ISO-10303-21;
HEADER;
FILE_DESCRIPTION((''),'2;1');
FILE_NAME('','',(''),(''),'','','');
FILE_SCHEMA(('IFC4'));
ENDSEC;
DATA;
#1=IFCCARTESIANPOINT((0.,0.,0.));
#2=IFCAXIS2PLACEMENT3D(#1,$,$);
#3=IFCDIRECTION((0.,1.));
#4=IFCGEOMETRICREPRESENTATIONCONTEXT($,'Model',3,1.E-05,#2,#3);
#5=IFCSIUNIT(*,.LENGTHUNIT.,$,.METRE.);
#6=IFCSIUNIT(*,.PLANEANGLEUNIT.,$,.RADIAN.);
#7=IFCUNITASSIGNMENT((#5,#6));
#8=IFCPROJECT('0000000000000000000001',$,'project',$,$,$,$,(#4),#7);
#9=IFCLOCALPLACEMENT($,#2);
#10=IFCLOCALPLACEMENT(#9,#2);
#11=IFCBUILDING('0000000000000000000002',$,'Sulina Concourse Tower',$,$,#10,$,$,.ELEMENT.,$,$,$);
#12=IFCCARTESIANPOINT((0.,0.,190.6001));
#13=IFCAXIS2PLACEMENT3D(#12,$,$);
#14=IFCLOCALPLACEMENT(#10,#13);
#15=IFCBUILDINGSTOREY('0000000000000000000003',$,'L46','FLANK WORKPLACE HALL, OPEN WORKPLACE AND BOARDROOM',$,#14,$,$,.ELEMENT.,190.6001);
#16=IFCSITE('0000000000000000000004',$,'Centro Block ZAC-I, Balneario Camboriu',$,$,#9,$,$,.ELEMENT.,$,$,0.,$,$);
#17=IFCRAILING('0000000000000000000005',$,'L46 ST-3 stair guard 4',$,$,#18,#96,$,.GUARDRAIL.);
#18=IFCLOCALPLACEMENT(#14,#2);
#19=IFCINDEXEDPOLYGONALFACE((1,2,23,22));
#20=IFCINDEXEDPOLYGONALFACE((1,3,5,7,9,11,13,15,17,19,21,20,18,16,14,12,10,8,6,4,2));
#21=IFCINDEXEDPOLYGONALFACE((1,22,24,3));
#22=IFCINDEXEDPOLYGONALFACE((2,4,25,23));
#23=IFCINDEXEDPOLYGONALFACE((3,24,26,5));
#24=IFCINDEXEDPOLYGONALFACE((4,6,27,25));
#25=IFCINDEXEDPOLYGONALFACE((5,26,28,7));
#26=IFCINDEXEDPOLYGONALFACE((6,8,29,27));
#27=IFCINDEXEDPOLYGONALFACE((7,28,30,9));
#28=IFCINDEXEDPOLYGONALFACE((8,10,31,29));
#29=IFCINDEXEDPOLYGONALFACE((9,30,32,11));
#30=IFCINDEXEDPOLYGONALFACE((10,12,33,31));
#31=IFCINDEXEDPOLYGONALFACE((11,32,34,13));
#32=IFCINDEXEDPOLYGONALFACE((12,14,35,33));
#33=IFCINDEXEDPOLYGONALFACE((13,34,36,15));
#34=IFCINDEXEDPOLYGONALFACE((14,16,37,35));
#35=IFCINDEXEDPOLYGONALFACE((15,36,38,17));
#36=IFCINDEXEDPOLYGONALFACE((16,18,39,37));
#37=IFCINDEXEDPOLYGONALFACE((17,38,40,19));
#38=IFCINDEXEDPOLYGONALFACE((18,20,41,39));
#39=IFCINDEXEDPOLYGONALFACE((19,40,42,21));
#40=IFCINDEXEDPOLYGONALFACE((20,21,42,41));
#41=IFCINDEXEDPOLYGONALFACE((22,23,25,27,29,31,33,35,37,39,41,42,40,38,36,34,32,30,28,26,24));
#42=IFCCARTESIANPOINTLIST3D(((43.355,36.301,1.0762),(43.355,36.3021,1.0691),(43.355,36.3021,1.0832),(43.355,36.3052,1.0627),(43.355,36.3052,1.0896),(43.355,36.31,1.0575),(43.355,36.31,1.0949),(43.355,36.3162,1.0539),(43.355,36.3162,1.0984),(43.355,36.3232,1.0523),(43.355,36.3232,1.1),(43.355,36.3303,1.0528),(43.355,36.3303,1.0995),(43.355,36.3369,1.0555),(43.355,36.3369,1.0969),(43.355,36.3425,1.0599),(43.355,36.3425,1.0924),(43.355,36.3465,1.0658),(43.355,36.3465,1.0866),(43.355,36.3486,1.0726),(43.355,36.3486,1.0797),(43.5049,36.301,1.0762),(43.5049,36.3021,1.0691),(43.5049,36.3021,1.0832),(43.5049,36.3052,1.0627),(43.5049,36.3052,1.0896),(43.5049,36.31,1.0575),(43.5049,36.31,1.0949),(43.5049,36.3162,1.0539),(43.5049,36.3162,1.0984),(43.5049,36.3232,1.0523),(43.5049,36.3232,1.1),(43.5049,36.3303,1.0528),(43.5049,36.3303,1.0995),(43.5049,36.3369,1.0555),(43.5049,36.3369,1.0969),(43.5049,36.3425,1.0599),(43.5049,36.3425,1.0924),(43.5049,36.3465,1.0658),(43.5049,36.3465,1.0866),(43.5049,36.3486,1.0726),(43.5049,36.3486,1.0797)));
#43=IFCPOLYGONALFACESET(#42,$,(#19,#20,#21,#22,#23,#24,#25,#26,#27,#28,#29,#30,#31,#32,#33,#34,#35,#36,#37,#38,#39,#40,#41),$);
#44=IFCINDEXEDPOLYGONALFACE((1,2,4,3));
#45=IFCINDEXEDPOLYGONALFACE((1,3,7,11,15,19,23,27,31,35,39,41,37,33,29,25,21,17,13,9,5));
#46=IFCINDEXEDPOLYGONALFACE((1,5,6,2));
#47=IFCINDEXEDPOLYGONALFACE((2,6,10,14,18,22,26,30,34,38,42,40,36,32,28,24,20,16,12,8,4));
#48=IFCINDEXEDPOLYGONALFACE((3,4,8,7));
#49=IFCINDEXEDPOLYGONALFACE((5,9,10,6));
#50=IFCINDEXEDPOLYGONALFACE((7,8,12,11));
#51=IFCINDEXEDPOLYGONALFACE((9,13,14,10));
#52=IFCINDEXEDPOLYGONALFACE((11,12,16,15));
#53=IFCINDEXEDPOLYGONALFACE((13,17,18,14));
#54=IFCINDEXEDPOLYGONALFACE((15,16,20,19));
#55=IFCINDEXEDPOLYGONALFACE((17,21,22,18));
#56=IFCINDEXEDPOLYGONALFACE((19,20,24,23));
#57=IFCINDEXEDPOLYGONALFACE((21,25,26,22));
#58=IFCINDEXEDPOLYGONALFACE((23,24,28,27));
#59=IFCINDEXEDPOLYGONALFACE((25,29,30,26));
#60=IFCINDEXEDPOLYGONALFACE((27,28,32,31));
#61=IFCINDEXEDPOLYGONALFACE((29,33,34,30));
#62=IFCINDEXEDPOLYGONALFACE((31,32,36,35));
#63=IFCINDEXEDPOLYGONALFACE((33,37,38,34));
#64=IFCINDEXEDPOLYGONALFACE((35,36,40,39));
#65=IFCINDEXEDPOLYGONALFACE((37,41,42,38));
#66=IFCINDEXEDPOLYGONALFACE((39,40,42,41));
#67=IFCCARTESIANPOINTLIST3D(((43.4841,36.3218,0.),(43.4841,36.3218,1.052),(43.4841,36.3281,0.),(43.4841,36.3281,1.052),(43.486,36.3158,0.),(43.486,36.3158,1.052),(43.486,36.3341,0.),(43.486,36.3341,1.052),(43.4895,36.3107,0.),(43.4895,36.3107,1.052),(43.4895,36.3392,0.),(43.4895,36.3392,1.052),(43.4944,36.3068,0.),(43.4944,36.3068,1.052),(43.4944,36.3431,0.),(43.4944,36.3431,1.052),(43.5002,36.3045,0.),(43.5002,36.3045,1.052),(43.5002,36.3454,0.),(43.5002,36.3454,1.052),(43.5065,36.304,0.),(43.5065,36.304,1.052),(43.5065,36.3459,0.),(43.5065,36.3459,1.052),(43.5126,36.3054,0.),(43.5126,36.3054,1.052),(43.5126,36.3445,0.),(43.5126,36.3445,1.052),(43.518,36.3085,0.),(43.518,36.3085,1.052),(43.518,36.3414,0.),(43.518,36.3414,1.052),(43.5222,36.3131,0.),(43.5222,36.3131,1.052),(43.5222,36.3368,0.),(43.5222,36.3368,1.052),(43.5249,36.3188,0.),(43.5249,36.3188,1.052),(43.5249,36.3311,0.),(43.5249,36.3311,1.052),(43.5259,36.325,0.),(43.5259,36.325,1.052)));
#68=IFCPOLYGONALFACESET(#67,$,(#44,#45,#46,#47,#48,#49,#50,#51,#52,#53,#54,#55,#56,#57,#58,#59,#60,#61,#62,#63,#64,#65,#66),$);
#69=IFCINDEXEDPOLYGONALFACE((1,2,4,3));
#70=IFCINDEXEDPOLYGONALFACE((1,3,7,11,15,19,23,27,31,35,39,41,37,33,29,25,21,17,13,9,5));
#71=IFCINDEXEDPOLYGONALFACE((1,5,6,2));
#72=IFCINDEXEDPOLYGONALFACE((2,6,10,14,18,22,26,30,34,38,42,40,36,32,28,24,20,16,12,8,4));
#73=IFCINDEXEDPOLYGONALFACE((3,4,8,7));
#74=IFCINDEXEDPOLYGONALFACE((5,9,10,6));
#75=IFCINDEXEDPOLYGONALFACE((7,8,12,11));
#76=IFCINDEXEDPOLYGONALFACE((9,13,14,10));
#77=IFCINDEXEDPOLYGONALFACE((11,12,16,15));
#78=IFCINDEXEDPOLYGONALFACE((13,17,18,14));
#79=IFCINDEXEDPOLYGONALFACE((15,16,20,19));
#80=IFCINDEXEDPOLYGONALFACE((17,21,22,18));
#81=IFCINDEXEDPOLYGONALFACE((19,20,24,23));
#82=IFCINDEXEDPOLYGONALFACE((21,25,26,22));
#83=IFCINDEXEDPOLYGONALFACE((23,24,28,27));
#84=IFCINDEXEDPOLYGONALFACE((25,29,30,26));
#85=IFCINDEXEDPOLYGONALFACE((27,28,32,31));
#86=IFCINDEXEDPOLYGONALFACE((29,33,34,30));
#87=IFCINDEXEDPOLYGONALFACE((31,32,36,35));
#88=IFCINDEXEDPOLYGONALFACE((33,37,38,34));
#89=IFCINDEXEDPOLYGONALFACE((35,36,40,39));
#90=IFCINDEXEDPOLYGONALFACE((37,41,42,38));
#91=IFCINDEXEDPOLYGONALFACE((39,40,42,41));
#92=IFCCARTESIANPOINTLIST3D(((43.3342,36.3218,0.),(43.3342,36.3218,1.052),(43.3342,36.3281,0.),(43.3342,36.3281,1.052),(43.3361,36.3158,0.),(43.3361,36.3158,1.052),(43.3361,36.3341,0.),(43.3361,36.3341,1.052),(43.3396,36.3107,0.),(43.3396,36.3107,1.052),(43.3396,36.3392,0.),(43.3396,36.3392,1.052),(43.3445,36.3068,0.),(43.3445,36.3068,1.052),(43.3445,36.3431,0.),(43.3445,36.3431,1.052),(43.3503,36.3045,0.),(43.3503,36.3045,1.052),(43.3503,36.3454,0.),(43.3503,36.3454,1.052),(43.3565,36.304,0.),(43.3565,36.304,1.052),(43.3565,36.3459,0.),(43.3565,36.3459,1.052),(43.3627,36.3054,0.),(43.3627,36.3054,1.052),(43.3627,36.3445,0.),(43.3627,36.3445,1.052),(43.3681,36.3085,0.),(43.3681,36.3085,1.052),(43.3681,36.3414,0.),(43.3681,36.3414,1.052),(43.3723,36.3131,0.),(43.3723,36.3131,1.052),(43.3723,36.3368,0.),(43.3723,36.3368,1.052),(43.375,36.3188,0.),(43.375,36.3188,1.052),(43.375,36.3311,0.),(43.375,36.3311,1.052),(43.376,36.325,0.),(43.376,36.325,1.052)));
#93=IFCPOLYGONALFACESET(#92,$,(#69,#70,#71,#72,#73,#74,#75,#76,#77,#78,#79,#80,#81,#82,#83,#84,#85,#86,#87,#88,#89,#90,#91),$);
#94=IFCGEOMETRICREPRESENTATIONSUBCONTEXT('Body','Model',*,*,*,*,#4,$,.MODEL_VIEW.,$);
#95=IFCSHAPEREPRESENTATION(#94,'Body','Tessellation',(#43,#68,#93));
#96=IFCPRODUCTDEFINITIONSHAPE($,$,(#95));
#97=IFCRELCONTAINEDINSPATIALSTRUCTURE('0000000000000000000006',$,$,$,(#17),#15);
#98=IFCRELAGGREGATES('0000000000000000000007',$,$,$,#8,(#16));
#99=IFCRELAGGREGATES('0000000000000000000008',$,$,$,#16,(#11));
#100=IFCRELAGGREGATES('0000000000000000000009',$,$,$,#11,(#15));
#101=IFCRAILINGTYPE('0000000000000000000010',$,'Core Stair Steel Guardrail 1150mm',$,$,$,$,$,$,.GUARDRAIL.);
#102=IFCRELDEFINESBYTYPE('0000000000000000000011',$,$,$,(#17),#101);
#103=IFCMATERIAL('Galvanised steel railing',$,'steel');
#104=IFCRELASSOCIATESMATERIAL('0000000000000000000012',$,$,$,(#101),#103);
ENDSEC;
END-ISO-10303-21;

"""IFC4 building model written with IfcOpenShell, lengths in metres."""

from ifc_helpers import new_model, si_unit, direction, frame, origin, origin_2d, place, context, subcontext, project, spatial, circle, extrude, material, type_object, element, save


model = new_model("IFC4")

# Units and contexts
model_context = context("Model", 3, precision=1e-05, world=origin(), true_north=direction((0.0, 1.0)))
body_context = subcontext(model_context, "Body", "Model", "MODEL_VIEW")
ifc_project = project(units=[si_unit("LENGTHUNIT", "METRE"), si_unit("PLANEANGLEUNIT", "RADIAN")], contexts=[model_context])

# Site, building, storey
site_placement = place(None, origin())
site = spatial("IfcSite", under=ifc_project, at=site_placement, Name="Centro Block ZAC-I, Balneario Camboriu", CompositionType="ELEMENT", RefElevation=0.0)
building_placement = place(site_placement, origin())
building = spatial("IfcBuilding", under=site, at=building_placement, Name="Sulina Concourse Tower", CompositionType="ELEMENT")
storey_placement = place(building_placement, frame((0.0, 0.0, 190.6001)))
storey = spatial("IfcBuildingStorey", under=building, at=storey_placement, Name="L46", Description="FLANK WORKPLACE HALL, OPEN WORKPLACE AND BOARDROOM", CompositionType="ELEMENT", Elevation=190.6001)

# Railing
ifc_material_1 = material(Name="Galvanised steel railing", Category="steel")
railing_type_1 = type_object("IfcRailingType", Name="Core Stair Steel Guardrail 1150mm", PredefinedType="GUARDRAIL", material=ifc_material_1)
railing_1_placement = place(storey_placement, frame((43.5049, 36.325, 0.0)))
element("IfcRailing", 1, at=railing_1_placement, inside=storey, type_object=railing_type_1, Name="L46 ST-3 stair guard 4", PredefinedType="GUARDRAIL", context=body_context, shape_type="SweptSolid", body=[
    extrude(circle(Radius=0.0239, at=origin_2d()), frame((0.0, 0.0, 1.0762), z_axis=(-1.0, 0.0, 0.0), x_axis=(0.0, -1.0, 0.0)), (0.0, 0.0, 1.0), 0.1499),
    extrude(circle(Radius=0.021, at=origin_2d()), origin(), (0.0, 0.0, 1.0), 1.052),
    extrude(circle(Radius=0.021, at=origin_2d()), frame((-0.1499, 0.0, 0.0)), (0.0, 0.0, 1.0), 1.052),
])

save(model, "model.ifc")
